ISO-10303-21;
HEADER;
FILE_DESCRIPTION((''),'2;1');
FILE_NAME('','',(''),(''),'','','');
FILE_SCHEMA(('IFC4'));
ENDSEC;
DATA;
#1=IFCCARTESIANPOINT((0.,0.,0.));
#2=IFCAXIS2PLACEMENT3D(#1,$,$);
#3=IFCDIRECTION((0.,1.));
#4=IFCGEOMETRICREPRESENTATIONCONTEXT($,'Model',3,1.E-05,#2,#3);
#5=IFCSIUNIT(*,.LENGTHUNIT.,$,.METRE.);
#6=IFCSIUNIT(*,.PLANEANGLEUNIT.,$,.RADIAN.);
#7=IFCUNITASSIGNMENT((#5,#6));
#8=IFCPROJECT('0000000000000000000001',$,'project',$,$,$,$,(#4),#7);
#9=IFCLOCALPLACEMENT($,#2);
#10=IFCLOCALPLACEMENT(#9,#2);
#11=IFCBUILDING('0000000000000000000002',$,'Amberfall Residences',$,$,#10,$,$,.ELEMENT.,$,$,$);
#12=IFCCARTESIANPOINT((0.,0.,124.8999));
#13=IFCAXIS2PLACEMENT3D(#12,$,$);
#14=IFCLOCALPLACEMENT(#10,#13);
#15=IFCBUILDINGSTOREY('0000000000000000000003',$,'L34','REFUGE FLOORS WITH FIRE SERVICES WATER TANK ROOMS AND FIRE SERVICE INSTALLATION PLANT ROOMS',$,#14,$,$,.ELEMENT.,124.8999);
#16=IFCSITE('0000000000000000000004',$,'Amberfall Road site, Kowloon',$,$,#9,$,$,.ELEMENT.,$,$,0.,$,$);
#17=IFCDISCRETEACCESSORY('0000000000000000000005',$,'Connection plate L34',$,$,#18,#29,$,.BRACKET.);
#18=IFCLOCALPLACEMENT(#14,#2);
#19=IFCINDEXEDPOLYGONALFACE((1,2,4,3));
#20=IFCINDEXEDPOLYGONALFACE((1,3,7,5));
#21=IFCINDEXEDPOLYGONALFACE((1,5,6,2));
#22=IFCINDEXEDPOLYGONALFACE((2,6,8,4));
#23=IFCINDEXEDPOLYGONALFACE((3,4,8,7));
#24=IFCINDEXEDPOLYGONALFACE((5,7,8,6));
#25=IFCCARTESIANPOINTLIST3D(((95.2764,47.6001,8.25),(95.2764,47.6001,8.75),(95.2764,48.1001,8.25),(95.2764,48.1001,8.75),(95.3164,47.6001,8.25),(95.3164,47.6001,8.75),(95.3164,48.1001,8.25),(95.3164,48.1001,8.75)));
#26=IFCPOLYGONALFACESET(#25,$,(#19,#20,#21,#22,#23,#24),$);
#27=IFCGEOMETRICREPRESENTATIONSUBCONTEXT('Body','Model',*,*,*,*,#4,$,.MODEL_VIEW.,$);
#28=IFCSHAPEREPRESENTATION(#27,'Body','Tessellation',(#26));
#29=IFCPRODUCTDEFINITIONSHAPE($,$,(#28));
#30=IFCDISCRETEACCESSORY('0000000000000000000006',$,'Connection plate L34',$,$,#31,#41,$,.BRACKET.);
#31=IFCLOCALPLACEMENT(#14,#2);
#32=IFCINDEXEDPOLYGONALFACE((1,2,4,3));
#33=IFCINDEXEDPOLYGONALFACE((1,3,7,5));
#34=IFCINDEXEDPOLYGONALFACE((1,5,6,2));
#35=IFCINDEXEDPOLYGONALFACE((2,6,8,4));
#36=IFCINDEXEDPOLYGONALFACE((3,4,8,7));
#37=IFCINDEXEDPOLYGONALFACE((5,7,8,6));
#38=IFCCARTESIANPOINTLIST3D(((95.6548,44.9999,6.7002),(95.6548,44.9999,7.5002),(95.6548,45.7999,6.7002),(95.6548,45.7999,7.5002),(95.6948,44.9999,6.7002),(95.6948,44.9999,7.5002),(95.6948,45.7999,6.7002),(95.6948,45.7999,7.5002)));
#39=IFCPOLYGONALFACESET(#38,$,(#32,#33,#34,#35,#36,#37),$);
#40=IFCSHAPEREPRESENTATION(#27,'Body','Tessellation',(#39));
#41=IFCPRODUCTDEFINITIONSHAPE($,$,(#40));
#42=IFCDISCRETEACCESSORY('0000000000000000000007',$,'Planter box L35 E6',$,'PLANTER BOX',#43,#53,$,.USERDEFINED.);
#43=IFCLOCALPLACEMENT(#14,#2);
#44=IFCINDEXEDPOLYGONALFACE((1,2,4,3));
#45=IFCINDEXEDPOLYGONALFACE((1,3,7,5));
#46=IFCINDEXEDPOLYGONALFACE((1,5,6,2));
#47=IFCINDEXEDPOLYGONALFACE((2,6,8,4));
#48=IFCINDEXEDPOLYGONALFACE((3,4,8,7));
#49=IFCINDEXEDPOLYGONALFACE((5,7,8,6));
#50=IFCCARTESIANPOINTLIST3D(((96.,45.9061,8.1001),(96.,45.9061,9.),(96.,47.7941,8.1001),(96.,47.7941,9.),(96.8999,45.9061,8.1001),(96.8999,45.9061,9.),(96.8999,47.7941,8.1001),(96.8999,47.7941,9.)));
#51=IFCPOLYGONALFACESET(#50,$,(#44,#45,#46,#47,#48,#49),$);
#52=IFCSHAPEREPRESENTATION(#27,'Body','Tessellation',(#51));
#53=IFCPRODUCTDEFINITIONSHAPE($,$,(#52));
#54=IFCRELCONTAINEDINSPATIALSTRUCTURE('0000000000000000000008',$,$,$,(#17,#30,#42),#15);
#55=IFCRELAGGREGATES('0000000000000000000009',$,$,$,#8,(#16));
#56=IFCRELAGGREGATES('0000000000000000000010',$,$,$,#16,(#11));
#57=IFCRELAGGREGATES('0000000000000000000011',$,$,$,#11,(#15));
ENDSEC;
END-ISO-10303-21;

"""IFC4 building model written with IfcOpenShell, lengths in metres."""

from ifc_helpers import new_model, si_unit, direction, frame, origin, origin_2d, place, context, subcontext, project, spatial, rectangle, extrude, element, save


model = new_model("IFC4")

# Units and contexts
model_context = context("Model", 3, precision=1e-05, world=origin(), true_north=direction((0.0, 1.0)))
body_context = subcontext(model_context, "Body", "Model", "MODEL_VIEW")
ifc_project = project(units=[si_unit("LENGTHUNIT", "METRE"), si_unit("PLANEANGLEUNIT", "RADIAN")], contexts=[model_context])

# Site, building, storey
site_placement = place(None, origin())
site = spatial("IfcSite", under=ifc_project, at=site_placement, Name="Amberfall Road site, Kowloon", CompositionType="ELEMENT", RefElevation=0.0)
building_placement = place(site_placement, origin())
building = spatial("IfcBuilding", under=site, at=building_placement, Name="Amberfall Residences", CompositionType="ELEMENT")
storey_placement = place(building_placement, frame((0.0, 0.0, 124.8999)))
storey = spatial("IfcBuildingStorey", under=building, at=storey_placement, Name="L34", Description="REFUGE FLOORS WITH FIRE SERVICES WATER TANK ROOMS AND FIRE SERVICE INSTALLATION PLANT ROOMS", CompositionType="ELEMENT", Elevation=124.8999)

# Discrete accessories
discrete_accessory_1_placement = place(storey_placement, frame((95.2964, 47.8501, 8.25), z_axis=(0.0, 0.0, 1.0), x_axis=(0.0, 1.0, 0.0)))
element("IfcDiscreteAccessory", 1, at=discrete_accessory_1_placement, inside=storey, Name="Connection plate L34", PredefinedType="BRACKET", context=body_context, shape_type="SweptSolid", body=[
    extrude(rectangle(XDim=0.5, YDim=0.04, at=origin_2d()), origin(), (0.0, 0.0, 1.0), 0.5),
])
discrete_accessory_2_placement = place(storey_placement, frame((95.6748, 45.3999, 6.7002), z_axis=(0.0, 0.0, 1.0), x_axis=(0.0, 1.0, 0.0)))
element("IfcDiscreteAccessory", 2, at=discrete_accessory_2_placement, inside=storey, Name="Connection plate L34", PredefinedType="BRACKET", context=body_context, shape_type="SweptSolid", body=[
    extrude(rectangle(XDim=0.8, YDim=0.04, at=origin_2d()), origin(), (0.0, 0.0, 1.0), 0.8),
])
discrete_accessory_3_placement = place(storey_placement, frame((96.45, 46.8501, 8.1001), z_axis=(0.0, 0.0, 1.0), x_axis=(0.0, 1.0, 0.0)))
element("IfcDiscreteAccessory", 3, at=discrete_accessory_3_placement, inside=storey, Name="Planter box L35 E6", ObjectType="PLANTER BOX", PredefinedType="USERDEFINED", context=body_context, shape_type="SweptSolid", body=[
    extrude(rectangle(XDim=1.8879, YDim=0.8999, at=origin_2d()), origin(), (0.0, 0.0, 1.0), 0.8999),
])

save(model, "model.ifc")
